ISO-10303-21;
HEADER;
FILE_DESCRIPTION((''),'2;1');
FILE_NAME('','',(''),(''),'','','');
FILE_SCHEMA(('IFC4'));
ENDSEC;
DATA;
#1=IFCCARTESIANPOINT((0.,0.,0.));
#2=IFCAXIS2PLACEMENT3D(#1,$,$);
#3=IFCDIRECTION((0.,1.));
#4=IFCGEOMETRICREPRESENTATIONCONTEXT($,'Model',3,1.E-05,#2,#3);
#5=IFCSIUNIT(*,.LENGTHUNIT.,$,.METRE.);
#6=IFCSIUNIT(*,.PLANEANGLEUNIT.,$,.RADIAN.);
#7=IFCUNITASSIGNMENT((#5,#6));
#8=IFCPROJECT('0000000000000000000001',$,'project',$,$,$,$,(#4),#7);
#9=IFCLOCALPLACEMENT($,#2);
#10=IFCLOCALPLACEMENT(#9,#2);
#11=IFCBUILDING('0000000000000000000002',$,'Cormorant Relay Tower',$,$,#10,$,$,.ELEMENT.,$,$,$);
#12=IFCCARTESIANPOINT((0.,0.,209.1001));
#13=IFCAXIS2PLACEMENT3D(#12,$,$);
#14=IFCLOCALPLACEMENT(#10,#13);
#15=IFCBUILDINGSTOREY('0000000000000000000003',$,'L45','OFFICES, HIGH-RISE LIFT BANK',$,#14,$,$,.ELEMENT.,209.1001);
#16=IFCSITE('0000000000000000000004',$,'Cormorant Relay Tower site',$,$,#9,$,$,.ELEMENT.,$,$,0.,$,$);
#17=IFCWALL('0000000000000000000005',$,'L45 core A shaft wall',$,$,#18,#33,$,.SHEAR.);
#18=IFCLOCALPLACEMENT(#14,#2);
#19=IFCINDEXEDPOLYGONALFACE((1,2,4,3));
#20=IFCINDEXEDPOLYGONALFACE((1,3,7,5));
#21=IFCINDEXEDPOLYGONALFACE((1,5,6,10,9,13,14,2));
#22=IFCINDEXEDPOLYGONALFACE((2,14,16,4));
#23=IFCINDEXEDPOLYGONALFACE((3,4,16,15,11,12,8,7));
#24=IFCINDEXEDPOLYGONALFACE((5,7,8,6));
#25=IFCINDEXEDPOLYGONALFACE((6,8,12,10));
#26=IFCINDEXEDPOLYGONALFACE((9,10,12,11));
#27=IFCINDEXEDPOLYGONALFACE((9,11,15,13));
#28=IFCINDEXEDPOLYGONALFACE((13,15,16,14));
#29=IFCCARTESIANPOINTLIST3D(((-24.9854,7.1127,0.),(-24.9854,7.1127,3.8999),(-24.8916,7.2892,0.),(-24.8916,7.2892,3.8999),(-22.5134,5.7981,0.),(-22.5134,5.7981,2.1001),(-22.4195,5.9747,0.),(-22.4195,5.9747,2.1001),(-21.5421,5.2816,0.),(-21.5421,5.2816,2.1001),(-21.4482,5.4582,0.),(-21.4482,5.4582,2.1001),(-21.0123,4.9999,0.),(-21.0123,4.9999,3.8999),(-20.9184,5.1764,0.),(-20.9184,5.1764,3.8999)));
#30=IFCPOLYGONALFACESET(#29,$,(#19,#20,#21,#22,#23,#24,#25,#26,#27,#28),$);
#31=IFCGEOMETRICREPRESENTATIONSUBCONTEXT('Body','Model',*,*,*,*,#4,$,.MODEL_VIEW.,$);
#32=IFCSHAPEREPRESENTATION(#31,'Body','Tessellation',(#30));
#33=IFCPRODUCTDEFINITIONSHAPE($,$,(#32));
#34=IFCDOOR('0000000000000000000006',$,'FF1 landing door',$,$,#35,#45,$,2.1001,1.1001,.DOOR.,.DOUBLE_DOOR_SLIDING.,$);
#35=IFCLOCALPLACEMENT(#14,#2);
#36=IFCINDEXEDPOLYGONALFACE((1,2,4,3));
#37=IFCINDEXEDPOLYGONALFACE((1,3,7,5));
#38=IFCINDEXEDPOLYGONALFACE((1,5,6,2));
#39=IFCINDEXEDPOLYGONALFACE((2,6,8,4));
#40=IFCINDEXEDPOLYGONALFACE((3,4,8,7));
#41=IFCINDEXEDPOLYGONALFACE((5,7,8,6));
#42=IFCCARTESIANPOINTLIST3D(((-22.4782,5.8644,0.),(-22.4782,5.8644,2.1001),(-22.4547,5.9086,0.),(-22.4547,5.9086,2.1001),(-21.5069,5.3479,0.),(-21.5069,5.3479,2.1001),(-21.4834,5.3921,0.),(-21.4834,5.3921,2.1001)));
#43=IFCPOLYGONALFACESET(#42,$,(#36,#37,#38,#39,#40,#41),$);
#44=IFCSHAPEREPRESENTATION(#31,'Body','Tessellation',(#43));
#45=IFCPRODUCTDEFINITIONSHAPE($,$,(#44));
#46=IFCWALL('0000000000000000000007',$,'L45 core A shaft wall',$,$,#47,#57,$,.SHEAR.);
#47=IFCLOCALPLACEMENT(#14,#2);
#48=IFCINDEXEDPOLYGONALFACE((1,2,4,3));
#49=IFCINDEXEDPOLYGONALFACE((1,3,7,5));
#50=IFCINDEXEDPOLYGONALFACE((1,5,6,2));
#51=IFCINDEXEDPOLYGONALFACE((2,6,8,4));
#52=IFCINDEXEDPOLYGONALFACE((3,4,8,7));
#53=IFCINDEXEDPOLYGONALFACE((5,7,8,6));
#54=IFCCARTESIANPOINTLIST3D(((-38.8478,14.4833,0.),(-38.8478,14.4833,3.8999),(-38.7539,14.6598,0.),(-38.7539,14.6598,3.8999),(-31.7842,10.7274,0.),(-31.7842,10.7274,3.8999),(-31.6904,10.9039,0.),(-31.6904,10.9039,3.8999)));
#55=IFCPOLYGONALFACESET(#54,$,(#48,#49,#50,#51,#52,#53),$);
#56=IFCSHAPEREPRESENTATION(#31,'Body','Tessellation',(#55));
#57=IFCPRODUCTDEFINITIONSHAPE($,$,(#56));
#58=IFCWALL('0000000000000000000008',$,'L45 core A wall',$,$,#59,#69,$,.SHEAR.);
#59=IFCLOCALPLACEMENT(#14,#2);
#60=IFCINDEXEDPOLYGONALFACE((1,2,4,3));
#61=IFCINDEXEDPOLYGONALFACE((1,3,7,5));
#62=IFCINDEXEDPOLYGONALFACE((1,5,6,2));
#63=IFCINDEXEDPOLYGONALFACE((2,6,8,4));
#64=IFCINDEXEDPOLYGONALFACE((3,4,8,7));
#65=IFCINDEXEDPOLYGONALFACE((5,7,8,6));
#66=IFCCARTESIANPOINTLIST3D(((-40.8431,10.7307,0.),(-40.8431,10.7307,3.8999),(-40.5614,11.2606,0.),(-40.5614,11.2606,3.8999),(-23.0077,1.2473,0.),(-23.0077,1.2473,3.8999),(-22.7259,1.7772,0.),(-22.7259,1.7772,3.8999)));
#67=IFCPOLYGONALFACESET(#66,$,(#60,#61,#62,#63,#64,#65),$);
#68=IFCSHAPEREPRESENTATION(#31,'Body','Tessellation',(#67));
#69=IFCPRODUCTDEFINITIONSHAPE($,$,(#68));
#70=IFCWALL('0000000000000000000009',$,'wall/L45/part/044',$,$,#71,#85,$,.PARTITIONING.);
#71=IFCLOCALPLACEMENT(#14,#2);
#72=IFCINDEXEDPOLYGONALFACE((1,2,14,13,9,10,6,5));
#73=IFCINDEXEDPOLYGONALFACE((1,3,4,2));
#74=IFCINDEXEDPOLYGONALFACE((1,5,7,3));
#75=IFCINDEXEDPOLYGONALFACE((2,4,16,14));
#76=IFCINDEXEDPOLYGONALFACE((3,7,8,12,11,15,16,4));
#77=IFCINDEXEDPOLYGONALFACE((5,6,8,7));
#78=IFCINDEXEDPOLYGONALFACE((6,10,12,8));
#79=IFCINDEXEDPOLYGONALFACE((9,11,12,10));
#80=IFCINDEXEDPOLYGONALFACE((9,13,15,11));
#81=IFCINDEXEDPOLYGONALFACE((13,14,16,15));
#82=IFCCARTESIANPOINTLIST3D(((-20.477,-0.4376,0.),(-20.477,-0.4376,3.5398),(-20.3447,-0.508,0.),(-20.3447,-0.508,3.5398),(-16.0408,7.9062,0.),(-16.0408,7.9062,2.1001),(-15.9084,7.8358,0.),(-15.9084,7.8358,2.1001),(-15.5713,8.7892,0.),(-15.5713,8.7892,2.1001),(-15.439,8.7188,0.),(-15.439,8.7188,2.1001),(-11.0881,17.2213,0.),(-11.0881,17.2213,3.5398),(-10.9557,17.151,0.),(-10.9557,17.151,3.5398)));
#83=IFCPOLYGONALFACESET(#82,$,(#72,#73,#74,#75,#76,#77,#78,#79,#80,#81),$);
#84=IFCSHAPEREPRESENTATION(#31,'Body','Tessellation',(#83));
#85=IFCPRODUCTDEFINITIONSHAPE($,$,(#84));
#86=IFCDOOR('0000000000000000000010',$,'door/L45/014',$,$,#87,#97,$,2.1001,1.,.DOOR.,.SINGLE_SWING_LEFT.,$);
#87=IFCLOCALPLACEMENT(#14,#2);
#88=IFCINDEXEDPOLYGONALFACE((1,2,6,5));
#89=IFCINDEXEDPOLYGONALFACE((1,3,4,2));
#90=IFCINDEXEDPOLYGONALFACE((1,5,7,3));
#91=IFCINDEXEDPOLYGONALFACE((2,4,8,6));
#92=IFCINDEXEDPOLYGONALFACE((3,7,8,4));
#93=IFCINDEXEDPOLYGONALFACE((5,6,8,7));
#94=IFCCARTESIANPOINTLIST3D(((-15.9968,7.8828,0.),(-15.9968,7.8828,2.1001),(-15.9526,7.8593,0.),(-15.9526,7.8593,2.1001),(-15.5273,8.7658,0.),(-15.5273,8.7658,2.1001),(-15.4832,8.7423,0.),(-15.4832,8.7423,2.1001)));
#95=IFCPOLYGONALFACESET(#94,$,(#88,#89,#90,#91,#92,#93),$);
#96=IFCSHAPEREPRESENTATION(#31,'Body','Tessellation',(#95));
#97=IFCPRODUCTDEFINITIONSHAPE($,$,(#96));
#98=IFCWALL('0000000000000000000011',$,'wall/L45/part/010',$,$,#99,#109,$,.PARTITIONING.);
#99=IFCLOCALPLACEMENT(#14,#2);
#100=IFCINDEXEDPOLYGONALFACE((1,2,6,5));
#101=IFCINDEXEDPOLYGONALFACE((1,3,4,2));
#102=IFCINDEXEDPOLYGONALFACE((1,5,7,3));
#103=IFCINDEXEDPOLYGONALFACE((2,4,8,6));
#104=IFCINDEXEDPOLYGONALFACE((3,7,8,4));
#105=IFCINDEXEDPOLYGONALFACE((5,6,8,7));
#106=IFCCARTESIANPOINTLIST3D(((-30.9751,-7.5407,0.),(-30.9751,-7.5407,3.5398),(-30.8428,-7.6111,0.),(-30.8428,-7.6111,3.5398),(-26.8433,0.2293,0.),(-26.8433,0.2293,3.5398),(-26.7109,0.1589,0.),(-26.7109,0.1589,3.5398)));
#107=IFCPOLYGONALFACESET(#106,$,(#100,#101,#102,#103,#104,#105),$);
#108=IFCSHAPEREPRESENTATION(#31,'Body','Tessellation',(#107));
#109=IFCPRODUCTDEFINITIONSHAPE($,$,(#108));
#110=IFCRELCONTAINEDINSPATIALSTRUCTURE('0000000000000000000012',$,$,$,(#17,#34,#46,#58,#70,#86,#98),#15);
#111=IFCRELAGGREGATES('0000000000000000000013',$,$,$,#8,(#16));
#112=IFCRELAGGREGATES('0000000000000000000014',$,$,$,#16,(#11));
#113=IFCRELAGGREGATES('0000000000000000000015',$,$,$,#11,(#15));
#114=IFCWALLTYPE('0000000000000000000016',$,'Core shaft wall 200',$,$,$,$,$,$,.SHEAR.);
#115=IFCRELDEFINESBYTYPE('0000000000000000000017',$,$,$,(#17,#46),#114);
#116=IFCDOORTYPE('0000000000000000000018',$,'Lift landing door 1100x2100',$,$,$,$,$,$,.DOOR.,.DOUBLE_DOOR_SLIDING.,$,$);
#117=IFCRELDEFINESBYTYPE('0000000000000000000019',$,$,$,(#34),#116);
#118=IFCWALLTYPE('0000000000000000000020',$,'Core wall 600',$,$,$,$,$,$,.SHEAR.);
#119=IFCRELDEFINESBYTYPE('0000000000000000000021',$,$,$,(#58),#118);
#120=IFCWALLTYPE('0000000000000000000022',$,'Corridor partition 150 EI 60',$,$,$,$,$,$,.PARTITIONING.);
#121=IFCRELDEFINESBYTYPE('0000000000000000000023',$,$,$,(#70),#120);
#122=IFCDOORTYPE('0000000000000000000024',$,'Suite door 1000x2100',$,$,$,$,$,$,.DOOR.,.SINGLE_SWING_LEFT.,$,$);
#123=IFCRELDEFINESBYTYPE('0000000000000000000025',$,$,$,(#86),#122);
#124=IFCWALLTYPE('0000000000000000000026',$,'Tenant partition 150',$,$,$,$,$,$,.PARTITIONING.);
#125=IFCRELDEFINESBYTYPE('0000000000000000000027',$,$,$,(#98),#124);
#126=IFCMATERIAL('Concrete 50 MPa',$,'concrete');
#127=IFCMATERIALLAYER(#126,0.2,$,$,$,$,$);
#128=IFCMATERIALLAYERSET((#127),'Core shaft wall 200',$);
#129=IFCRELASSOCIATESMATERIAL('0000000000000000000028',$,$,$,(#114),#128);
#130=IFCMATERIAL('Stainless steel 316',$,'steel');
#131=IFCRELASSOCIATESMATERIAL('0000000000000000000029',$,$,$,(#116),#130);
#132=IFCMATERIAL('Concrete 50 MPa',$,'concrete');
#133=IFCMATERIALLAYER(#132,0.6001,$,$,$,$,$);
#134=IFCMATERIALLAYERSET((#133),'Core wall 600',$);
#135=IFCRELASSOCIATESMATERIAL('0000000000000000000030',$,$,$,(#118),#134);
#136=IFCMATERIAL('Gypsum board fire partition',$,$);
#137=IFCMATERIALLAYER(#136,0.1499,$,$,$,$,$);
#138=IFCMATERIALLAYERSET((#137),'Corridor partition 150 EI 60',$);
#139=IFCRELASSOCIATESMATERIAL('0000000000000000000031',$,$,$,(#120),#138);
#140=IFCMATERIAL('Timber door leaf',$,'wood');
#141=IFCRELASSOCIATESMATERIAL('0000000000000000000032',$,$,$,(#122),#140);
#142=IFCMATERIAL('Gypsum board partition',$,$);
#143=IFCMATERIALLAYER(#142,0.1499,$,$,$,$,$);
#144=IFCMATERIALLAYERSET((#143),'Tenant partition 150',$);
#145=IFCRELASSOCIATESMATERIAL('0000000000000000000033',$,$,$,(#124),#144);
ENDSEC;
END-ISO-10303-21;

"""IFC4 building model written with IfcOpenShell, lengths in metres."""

from ifc_helpers import new_model, si_unit, direction, frame, frame_2d, origin, place, context, subcontext, project, spatial, rectangle, extrude, material, layer, layer_set, type_object, element, fill, save


model = new_model("IFC4")

# Units and contexts
model_context = context("Model", 3, precision=1e-05, world=origin(), true_north=direction((0.0, 1.0)))
body_context = subcontext(model_context, "Body", "Model", "MODEL_VIEW")
ifc_project = project(units=[si_unit("LENGTHUNIT", "METRE"), si_unit("PLANEANGLEUNIT", "RADIAN")], contexts=[model_context])

# Site, building, storey
site_placement = place(None, origin())
site = spatial("IfcSite", under=ifc_project, at=site_placement, Name="Cormorant Relay Tower site", CompositionType="ELEMENT", RefElevation=0.0)
building_placement = place(site_placement, origin())
building = spatial("IfcBuilding", under=site, at=building_placement, Name="Cormorant Relay Tower", CompositionType="ELEMENT")
storey_placement = place(building_placement, frame((0.0, 0.0, 209.1001)))
storey = spatial("IfcBuildingStorey", under=building, at=storey_placement, Name="L45", Description="OFFICES, HIGH-RISE LIFT BANK", CompositionType="ELEMENT", Elevation=209.1001)

# Shared definitions
ifc_material_1 = material(Name="Concrete 50 MPa", Category="concrete")
ifc_layer_1 = layer(ifc_material_1, 0.2)
ifc_layer_set_1 = layer_set([ifc_layer_1], Name="Core shaft wall 200")
wall_type_1 = type_object("IfcWallType", Name="Core shaft wall 200", PredefinedType="SHEAR", material=ifc_layer_set_1)

# Shared definitions
ifc_material_2 = material(Name="Stainless steel 316", Category="steel")
door_type_1 = type_object("IfcDoorType", Name="Lift landing door 1100x2100", OperationType="DOUBLE_DOOR_SLIDING", PredefinedType="DOOR", material=ifc_material_2)

# Wall, opening, door
wall_1_placement = place(storey_placement, frame((-20.9653, 5.0881, 0.0), z_axis=(0.0, 0.0, 1.0), x_axis=(-0.882926, 0.469512, 0.0)))
wall_1 = element("IfcWall", 1, at=wall_1_placement, inside=storey, type_object=wall_type_1, Name="L45 core A shaft wall", PredefinedType="SHEAR", context=body_context, shape_type="SweptSolid", body=[
    extrude(rectangle(XDim=4.5, YDim=0.2, at=frame_2d((2.25, 0.0))), origin(), (0.0, 0.0, 1.0), 3.8999),
])
opening_1_placement = place(wall_1_placement, frame((0.6001, 0.0, 0.0)))
opening_1 = element("IfcOpeningElement", 2, at=opening_1_placement, cuts=wall_1, PredefinedType="OPENING", context=body_context, shape_type="SweptSolid", body=[
    extrude(rectangle(XDim=1.1001, YDim=2.1001, at=frame_2d((0.55, 1.05))), frame((0.0, 0.1099, 0.0), z_axis=(0.0, -1.0, 0.0), x_axis=(1.0, 0.0, 0.0)), (0.0, 0.0, 1.0), 0.22),
])
door_1_placement = place(opening_1_placement, origin())
door_1 = element("IfcDoor", 3, at=door_1_placement, inside=storey, type_object=door_type_1, Name="FF1 landing door", OperationType="DOUBLE_DOOR_SLIDING", OverallHeight=2.1001, OverallWidth=1.1001, PredefinedType="DOOR", context=body_context, shape_type="SweptSolid", body=[
    extrude(rectangle(XDim=1.1001, YDim=2.1001, at=frame_2d((0.55, 1.05))), frame((0.0, 0.0249, 0.0), z_axis=(0.0, -1.0, 0.0), x_axis=(1.0, 0.0, 0.0)), (0.0, 0.0, 1.0), 0.05),
])
fill(opening_1, door_1)

# Walls
wall_2_placement = place(storey_placement, frame((-31.7373, 10.8157, 0.0), z_axis=(0.0, 0.0, 1.0), x_axis=(-0.88294, 0.469485, 0.0)))
element("IfcWall", 4, at=wall_2_placement, inside=storey, type_object=wall_type_1, Name="L45 core A shaft wall", PredefinedType="SHEAR", context=body_context, shape_type="SweptSolid", body=[
    extrude(rectangle(XDim=8.0, YDim=0.2, at=frame_2d((4.0, 0.0))), origin(), (0.0, 0.0, 1.0), 3.8999),
])
ifc_material_3 = material(Name="Concrete 50 MPa", Category="concrete")
ifc_layer_2 = layer(ifc_material_3, 0.6001)
ifc_layer_set_2 = layer_set([ifc_layer_2], Name="Core wall 600")
wall_type_2 = type_object("IfcWallType", Name="Core wall 600", PredefinedType="SHEAR", material=ifc_layer_set_2)
wall_3_placement = place(storey_placement, frame((-22.8667, 1.5122, 0.0), z_axis=(0.0, 0.0, 1.0), x_axis=(-0.882945, 0.469476, 0.0)))
element("IfcWall", 5, at=wall_3_placement, inside=storey, type_object=wall_type_2, Name="L45 core A wall", PredefinedType="SHEAR", context=body_context, shape_type="SweptSolid", body=[
    extrude(rectangle(XDim=20.2, YDim=0.6001, at=frame_2d((10.1001, 0.0))), origin(), (0.0, 0.0, 1.0), 3.8999),
])

# Wall, opening, door
ifc_material_4 = material(Name="Gypsum board fire partition")
ifc_layer_3 = layer(ifc_material_4, 0.1499)
ifc_layer_set_3 = layer_set([ifc_layer_3], Name="Corridor partition 150 EI 60")
wall_type_3 = type_object("IfcWallType", Name="Corridor partition 150 EI 60", PredefinedType="PARTITIONING", material=ifc_layer_set_3)
wall_4_placement = place(storey_placement, frame((-20.4109, -0.4729, 0.0), z_axis=(0.0, 0.0, 1.0), x_axis=(0.469452, 0.882958, 0.0)))
wall_4 = element("IfcWall", 6, at=wall_4_placement, inside=storey, type_object=wall_type_3, Name="wall/L45/part/044", PredefinedType="PARTITIONING", context=body_context, shape_type="SweptSolid", body=[
    extrude(rectangle(XDim=19.9998, YDim=0.1499, at=frame_2d((10.0, 0.0))), origin(), (0.0, 0.0, 1.0), 3.5398),
])
opening_2_placement = place(wall_4_placement, frame((9.45, 0.0, 0.0)))
opening_2 = element("IfcOpeningElement", 7, at=opening_2_placement, cuts=wall_4, PredefinedType="OPENING", context=body_context, shape_type="SweptSolid", body=[
    extrude(rectangle(XDim=1.0, YDim=2.1001, at=frame_2d((0.5, 1.05))), frame((0.0, 0.085, 0.0), z_axis=(0.0, -1.0, 0.0), x_axis=(1.0, 0.0, 0.0)), (0.0, 0.0, 1.0), 0.1699),
])
ifc_material_5 = material(Name="Timber door leaf", Category="wood")
door_type_2 = type_object("IfcDoorType", Name="Suite door 1000x2100", OperationType="SINGLE_SWING_LEFT", PredefinedType="DOOR", material=ifc_material_5)
door_2_placement = place(opening_2_placement, frame((1.0, 0.0, 0.0), z_axis=(0.0, 0.0, 1.0), x_axis=(-1.0, 0.0, 0.0)))
door_2 = element("IfcDoor", 8, at=door_2_placement, inside=storey, type_object=door_type_2, Name="door/L45/014", OperationType="SINGLE_SWING_LEFT", OverallHeight=2.1001, OverallWidth=1.0, PredefinedType="DOOR", context=body_context, shape_type="SweptSolid", body=[
    extrude(rectangle(XDim=1.0, YDim=2.1001, at=frame_2d((0.5, 1.05))), frame((0.0, 0.0249, 0.0), z_axis=(0.0, -1.0, 0.0), x_axis=(1.0, 0.0, 0.0)), (0.0, 0.0, 1.0), 0.05),
])
fill(opening_2, door_2)

# Wall
ifc_material_6 = material(Name="Gypsum board partition")
ifc_layer_4 = layer(ifc_material_6, 0.1499)
ifc_layer_set_4 = layer_set([ifc_layer_4], Name="Tenant partition 150")
wall_type_4 = type_object("IfcWallType", Name="Tenant partition 150", PredefinedType="PARTITIONING", material=ifc_layer_set_4)
wall_5_placement = place(storey_placement, frame((-26.7771, 0.1941, 0.0), z_axis=(0.0, 0.0, 1.0), x_axis=(-0.469511, -0.882927, 0.0)))
element("IfcWall", 9, at=wall_5_placement, inside=storey, type_object=wall_type_4, Name="wall/L45/part/010", PredefinedType="PARTITIONING", context=body_context, shape_type="SweptSolid", body=[
    extrude(rectangle(XDim=8.8003, YDim=0.1499, at=frame_2d((4.4001, 0.0))), origin(), (0.0, 0.0, 1.0), 3.5398),
])

save(model, "model.ifc")
